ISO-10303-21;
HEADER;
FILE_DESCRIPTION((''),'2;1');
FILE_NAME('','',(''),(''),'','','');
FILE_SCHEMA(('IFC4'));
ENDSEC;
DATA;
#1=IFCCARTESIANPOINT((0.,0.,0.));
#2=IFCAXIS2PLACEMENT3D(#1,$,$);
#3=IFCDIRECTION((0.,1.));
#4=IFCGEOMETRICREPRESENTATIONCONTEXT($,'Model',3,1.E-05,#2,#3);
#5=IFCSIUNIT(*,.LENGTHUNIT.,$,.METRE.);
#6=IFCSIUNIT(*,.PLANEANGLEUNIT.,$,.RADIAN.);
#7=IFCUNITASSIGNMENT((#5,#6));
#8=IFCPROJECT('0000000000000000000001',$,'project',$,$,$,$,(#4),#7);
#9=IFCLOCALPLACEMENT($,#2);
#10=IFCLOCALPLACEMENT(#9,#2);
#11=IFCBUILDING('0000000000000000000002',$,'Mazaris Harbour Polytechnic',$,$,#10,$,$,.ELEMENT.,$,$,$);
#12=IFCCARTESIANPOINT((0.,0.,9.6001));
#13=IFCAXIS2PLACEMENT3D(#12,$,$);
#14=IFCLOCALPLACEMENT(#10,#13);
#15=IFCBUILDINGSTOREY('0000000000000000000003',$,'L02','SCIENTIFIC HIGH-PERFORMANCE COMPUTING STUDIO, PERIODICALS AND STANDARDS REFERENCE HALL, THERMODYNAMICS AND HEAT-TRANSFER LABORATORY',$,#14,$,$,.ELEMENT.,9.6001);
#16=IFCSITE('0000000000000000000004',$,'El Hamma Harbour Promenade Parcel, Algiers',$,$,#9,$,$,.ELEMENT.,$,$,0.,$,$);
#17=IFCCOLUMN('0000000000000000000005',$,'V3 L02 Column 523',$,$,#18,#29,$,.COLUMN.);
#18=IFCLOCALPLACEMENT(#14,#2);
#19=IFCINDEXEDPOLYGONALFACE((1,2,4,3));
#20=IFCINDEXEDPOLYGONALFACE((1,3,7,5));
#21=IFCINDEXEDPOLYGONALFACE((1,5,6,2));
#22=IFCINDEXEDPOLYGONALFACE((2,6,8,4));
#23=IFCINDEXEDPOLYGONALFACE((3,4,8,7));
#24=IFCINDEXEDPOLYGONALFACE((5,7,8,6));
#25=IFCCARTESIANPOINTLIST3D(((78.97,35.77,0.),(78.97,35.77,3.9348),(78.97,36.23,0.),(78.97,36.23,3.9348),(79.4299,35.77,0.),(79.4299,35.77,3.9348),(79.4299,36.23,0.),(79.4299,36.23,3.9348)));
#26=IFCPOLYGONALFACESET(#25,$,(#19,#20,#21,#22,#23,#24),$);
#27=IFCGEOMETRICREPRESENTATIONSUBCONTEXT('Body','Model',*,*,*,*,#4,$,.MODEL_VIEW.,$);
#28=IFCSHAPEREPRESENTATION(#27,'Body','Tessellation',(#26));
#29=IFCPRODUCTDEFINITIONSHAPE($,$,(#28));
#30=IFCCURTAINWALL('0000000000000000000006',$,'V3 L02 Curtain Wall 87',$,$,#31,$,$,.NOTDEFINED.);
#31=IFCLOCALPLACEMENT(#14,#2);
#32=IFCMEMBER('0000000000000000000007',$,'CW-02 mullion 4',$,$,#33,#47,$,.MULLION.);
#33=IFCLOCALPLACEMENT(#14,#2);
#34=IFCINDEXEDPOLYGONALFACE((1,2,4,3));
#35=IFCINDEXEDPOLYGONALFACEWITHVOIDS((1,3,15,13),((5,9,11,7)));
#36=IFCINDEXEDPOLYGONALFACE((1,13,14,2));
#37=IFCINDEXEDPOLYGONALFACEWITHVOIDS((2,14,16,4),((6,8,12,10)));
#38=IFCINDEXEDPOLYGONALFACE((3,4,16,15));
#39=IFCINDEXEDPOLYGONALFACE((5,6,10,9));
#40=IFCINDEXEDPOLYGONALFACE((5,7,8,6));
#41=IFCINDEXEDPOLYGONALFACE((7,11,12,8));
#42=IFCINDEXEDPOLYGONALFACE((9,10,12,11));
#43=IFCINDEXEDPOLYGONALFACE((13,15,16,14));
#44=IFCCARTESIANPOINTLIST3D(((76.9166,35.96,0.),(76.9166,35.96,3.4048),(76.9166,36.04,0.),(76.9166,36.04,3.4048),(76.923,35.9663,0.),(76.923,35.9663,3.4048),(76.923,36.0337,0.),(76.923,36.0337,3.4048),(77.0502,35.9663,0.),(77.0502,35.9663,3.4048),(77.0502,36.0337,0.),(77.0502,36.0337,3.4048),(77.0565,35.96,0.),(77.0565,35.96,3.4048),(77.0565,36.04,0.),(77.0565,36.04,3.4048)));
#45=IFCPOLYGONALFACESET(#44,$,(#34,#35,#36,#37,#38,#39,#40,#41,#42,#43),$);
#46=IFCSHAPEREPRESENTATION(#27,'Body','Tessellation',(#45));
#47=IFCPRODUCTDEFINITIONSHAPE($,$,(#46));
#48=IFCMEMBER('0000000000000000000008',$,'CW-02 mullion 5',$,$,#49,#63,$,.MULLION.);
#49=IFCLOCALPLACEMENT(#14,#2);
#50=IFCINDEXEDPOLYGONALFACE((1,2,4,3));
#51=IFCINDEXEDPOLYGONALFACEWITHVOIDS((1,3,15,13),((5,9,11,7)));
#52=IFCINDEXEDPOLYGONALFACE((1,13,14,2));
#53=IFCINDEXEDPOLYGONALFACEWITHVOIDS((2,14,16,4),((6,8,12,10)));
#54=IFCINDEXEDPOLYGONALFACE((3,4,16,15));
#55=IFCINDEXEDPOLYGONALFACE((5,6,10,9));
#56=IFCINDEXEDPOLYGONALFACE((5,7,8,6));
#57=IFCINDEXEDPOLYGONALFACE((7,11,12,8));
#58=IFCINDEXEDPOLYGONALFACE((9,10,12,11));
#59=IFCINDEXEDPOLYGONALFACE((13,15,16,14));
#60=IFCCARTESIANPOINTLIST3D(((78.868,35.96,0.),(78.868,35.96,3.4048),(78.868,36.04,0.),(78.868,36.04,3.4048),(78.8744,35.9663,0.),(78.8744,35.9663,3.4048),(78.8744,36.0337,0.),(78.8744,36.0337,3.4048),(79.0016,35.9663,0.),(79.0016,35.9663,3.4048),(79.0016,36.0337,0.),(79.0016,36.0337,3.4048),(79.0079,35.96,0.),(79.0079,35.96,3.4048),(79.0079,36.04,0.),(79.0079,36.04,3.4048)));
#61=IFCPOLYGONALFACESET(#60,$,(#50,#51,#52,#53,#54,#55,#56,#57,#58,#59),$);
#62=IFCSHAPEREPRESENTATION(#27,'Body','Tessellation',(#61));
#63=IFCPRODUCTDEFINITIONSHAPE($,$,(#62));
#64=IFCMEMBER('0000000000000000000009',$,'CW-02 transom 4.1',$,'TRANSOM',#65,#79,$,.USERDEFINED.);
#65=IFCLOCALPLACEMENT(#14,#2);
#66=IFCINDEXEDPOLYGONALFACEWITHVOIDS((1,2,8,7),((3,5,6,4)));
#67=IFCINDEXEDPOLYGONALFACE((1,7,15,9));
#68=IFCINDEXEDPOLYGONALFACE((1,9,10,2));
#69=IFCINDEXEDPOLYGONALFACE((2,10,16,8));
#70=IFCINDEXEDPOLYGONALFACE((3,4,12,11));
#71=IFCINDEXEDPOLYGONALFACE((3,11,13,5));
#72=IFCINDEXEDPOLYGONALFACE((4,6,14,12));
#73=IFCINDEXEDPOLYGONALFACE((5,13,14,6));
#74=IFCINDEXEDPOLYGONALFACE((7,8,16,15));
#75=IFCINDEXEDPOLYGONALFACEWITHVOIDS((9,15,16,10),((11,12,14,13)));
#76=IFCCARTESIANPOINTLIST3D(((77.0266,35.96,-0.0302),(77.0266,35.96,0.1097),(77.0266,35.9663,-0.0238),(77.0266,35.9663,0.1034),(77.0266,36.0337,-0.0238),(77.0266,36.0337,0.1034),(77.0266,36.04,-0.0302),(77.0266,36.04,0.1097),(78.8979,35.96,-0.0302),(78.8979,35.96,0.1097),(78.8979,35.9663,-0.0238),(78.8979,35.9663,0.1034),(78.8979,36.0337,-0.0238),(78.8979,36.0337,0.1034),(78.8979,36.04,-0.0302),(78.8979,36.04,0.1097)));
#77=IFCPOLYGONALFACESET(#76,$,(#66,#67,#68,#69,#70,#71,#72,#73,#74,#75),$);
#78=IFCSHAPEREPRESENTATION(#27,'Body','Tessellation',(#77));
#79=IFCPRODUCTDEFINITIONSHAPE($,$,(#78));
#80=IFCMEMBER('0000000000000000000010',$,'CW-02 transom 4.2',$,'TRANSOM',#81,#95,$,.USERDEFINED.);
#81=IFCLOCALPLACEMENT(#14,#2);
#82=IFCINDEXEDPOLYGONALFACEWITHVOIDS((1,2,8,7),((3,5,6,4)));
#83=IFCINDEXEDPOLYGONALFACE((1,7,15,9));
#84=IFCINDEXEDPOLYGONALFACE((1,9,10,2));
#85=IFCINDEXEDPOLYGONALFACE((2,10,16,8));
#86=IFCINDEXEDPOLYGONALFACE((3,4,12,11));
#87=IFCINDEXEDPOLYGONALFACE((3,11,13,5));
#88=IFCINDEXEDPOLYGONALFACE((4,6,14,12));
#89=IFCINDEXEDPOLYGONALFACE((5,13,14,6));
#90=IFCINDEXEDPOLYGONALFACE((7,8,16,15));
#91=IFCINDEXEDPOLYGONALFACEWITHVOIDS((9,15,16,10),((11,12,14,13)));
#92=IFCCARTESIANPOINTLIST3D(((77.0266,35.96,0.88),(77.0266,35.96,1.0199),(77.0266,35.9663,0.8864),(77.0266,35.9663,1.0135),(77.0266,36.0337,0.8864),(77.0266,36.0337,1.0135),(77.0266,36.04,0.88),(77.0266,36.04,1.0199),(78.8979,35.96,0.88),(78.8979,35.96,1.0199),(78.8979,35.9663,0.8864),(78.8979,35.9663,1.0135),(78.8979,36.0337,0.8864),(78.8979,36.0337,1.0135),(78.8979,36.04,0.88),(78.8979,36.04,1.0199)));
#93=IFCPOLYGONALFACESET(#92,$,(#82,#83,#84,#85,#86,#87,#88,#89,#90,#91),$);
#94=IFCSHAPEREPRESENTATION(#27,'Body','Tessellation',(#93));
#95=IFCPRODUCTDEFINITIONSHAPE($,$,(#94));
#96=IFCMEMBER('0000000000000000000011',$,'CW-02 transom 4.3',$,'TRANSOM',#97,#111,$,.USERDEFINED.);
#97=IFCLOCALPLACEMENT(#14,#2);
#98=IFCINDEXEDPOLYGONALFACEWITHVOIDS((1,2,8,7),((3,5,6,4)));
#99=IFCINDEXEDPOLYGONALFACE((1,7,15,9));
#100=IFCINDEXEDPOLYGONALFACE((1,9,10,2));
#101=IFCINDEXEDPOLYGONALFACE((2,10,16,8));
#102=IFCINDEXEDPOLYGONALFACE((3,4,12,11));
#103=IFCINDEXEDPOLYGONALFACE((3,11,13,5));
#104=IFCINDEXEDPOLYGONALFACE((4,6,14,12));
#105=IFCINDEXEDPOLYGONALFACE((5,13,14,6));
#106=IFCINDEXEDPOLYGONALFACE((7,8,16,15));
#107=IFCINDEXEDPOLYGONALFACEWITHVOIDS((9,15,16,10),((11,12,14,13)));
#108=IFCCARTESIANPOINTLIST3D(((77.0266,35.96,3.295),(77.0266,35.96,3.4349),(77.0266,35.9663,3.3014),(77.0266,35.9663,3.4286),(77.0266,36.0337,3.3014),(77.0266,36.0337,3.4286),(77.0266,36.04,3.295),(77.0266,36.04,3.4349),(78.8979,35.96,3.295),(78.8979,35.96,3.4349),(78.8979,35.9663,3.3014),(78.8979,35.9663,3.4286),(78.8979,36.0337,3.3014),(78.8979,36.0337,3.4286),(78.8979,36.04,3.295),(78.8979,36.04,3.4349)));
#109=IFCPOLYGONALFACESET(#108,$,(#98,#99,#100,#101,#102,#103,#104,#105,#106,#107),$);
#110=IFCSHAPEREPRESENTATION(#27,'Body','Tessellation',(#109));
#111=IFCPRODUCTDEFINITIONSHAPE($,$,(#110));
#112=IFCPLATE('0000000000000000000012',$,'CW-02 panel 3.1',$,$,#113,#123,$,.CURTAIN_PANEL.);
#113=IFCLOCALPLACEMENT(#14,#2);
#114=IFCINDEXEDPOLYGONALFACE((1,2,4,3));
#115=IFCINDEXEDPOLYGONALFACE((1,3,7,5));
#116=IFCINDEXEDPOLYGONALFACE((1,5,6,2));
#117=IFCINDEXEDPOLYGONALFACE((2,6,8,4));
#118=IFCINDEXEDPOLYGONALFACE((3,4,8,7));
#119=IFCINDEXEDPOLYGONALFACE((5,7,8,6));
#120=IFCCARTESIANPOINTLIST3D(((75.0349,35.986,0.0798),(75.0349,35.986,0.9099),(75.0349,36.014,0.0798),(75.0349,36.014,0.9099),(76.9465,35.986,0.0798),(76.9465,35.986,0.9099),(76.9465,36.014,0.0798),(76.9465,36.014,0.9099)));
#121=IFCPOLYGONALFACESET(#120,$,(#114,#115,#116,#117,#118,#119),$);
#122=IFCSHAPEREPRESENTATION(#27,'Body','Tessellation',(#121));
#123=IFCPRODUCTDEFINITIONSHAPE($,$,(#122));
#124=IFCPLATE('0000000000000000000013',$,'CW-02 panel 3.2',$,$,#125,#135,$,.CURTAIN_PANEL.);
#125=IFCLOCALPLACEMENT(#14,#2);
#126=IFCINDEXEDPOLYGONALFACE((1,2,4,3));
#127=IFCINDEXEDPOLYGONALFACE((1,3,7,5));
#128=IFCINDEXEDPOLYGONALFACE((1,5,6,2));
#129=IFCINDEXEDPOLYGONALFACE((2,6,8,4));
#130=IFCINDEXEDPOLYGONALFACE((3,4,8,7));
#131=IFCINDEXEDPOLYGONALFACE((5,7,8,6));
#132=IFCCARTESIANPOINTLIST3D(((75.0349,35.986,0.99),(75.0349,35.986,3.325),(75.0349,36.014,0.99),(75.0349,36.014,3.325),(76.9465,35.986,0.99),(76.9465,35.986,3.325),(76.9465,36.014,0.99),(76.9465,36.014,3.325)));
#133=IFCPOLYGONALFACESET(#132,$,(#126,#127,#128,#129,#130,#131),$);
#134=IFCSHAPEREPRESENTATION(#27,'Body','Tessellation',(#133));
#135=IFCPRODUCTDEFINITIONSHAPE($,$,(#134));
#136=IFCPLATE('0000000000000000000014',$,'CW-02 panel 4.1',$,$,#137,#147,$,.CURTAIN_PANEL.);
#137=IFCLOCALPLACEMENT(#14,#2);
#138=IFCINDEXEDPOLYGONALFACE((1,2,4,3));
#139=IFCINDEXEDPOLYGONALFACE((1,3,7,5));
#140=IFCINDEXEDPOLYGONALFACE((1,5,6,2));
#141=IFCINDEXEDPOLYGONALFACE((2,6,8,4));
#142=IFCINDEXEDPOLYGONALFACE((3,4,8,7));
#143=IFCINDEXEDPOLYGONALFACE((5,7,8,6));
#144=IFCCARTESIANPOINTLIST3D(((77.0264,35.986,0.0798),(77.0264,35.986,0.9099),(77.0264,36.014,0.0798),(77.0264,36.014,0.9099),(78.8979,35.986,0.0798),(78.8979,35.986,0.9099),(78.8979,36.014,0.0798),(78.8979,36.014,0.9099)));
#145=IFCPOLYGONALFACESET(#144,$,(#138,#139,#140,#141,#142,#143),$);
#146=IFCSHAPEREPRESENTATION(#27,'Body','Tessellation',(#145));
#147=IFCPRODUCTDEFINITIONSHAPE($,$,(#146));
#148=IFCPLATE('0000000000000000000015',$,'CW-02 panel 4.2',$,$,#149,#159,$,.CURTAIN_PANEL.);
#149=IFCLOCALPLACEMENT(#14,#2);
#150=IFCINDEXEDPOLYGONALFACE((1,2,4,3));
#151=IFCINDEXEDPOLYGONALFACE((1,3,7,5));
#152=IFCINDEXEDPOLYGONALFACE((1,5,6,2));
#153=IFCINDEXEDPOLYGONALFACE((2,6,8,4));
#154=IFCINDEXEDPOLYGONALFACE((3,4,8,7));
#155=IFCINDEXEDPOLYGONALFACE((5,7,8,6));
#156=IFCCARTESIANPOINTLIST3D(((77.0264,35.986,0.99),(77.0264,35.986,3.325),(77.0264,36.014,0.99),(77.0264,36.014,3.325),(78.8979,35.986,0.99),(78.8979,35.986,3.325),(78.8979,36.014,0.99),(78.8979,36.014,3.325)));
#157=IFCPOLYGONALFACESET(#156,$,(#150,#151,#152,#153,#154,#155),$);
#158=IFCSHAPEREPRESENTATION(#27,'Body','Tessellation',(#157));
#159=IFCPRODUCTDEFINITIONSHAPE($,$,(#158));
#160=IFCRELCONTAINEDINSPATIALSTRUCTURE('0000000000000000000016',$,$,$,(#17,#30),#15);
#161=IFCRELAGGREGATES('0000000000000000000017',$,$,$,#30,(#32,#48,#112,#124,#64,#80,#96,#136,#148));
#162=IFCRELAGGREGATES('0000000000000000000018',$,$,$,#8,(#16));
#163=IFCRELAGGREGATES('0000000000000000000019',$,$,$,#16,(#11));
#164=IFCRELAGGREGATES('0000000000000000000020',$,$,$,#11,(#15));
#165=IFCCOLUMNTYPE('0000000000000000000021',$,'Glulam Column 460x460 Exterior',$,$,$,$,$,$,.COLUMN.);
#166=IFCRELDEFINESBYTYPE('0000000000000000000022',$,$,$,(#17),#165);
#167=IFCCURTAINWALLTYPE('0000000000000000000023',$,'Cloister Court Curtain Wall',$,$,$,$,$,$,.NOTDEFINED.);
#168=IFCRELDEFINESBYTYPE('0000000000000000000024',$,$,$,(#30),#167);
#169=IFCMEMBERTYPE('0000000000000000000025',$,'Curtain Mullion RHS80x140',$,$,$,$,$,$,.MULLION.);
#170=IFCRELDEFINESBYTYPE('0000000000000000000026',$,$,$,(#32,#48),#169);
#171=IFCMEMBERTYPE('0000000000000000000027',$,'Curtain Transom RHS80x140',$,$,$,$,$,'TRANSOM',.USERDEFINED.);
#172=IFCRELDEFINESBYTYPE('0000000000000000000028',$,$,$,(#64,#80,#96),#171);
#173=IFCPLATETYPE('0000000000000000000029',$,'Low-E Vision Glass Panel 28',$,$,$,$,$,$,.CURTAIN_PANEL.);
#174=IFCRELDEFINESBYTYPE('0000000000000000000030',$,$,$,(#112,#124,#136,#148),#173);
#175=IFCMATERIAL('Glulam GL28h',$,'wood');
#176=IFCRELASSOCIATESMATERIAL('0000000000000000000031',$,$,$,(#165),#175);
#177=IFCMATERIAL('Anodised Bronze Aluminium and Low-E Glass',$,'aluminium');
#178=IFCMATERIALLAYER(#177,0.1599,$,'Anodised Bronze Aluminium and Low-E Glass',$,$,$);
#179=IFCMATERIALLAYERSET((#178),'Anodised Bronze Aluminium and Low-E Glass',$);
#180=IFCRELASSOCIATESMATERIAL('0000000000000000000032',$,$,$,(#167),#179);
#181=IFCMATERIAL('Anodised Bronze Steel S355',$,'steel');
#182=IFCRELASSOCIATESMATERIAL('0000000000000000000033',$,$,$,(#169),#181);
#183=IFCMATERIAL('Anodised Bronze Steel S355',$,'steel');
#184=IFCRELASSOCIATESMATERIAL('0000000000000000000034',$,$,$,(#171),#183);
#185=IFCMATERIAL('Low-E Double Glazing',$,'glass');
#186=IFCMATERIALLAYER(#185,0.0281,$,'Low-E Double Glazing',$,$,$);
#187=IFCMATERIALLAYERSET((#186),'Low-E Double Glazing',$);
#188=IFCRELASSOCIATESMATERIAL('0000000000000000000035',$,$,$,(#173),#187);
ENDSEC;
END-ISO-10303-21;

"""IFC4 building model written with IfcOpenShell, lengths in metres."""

from ifc_helpers import new_model, si_unit, direction, frame, origin, origin_2d, place, context, subcontext, project, spatial, rectangle, hollow_rectangle, extrude, material, layer, layer_set, material_profile, profile_set, type_object, element, aggregate, save


model = new_model("IFC4")

# Units and contexts
model_context = context("Model", 3, precision=1e-05, world=origin(), true_north=direction((0.0, 1.0)))
body_context = subcontext(model_context, "Body", "Model", "MODEL_VIEW")
ifc_project = project(units=[si_unit("LENGTHUNIT", "METRE"), si_unit("PLANEANGLEUNIT", "RADIAN")], contexts=[model_context])

# Site, building, storey
site_placement = place(None, origin())
site = spatial("IfcSite", under=ifc_project, at=site_placement, Name="El Hamma Harbour Promenade Parcel, Algiers", CompositionType="ELEMENT", RefElevation=0.0)
building_placement = place(site_placement, origin())
building = spatial("IfcBuilding", under=site, at=building_placement, Name="Mazaris Harbour Polytechnic", CompositionType="ELEMENT")
storey_placement = place(building_placement, frame((0.0, 0.0, 9.6001)))
storey = spatial("IfcBuildingStorey", under=building, at=storey_placement, Name="L02", Description="SCIENTIFIC HIGH-PERFORMANCE COMPUTING STUDIO, PERIODICALS AND STANDARDS REFERENCE HALL, THERMODYNAMICS AND HEAT-TRANSFER LABORATORY", CompositionType="ELEMENT", Elevation=9.6001)

# Column
ifc_material_1 = material(Name="Glulam GL28h", Category="wood")
ifc_material_profile_1 = material_profile(ifc_material_1, rectangle(XDim=0.46, YDim=0.46, at=origin_2d()), Name="RECT460x460")
ifc_profile_set_1 = profile_set([ifc_material_profile_1], Name="Glulam GL28h")
column_type = type_object("IfcColumnType", Name="Glulam Column 460x460 Exterior", PredefinedType="COLUMN", material=ifc_profile_set_1)
column_placement = place(storey_placement, frame((79.2, 36.0, 0.0), z_axis=(0.0, 0.0, 1.0), x_axis=(1.0, 0.0, 0.0)))
element("IfcColumn", 1, at=column_placement, inside=storey, type_object=column_type, Name="V3 L02 Column 523", PredefinedType="COLUMN", context=body_context, shape_type="SweptSolid", body=[
    extrude(rectangle(XDim=0.46, YDim=0.46, at=origin_2d()), origin(), (0.0, 0.0, 1.0), 3.9348),
])

# Curtain wall, members, plates
ifc_material_2 = material(Name="Anodised Bronze Aluminium and Low-E Glass", Category="aluminium")
ifc_layer_1 = layer(ifc_material_2, 0.1599, Name="Anodised Bronze Aluminium and Low-E Glass")
ifc_layer_set_1 = layer_set([ifc_layer_1], Name="Anodised Bronze Aluminium and Low-E Glass")
curtain_wall_type = type_object("IfcCurtainWallType", Name="Cloister Court Curtain Wall", PredefinedType="NOTDEFINED", material=ifc_layer_set_1)
curtain_wall_placement = place(storey_placement, origin())
curtain_wall = element("IfcCurtainWall", 2, at=curtain_wall_placement, inside=storey, type_object=curtain_wall_type, Name="V3 L02 Curtain Wall 87", PredefinedType="NOTDEFINED")
ifc_material_3 = material(Name="Anodised Bronze Steel S355", Category="steel")
ifc_material_profile_2 = material_profile(ifc_material_3, hollow_rectangle(XDim=0.0801, YDim=0.1399, WallThickness=0.0063, at=origin_2d()), Name="RHS 80x140x6.3")
ifc_profile_set_2 = profile_set([ifc_material_profile_2], Name="Anodised Bronze Steel S355")
member_type_1 = type_object("IfcMemberType", Name="Curtain Mullion RHS80x140", PredefinedType="MULLION", material=ifc_profile_set_2)
member_1_placement = place(storey_placement, frame((76.9866, 36.0, 0.0), z_axis=(0.0, 0.0, 1.0), x_axis=(0.0, 1.0, 0.0)))
member_1 = element("IfcMember", 3, at=member_1_placement, type_object=member_type_1, Name="CW-02 mullion 4", PredefinedType="MULLION", context=body_context, shape_type="SweptSolid", body=[
    extrude(hollow_rectangle(XDim=0.0801, YDim=0.1399, WallThickness=0.0063, at=origin_2d()), origin(), (0.0, 0.0, 1.0), 3.4048),
])
member_2_placement = place(storey_placement, frame((78.938, 36.0, 0.0), z_axis=(0.0, 0.0, 1.0), x_axis=(0.0, 1.0, 0.0)))
member_2 = element("IfcMember", 4, at=member_2_placement, type_object=member_type_1, Name="CW-02 mullion 5", PredefinedType="MULLION", context=body_context, shape_type="SweptSolid", body=[
    extrude(hollow_rectangle(XDim=0.0801, YDim=0.1399, WallThickness=0.0063, at=origin_2d()), origin(), (0.0, 0.0, 1.0), 3.4048),
])
ifc_material_4 = material(Name="Anodised Bronze Steel S355", Category="steel")
ifc_material_profile_3 = material_profile(ifc_material_4, hollow_rectangle(XDim=0.0801, YDim=0.1399, WallThickness=0.0063, at=origin_2d()), Name="RHS 80x140x6.3")
ifc_profile_set_3 = profile_set([ifc_material_profile_3], Name="Anodised Bronze Steel S355")
member_type_2 = type_object("IfcMemberType", Name="Curtain Transom RHS80x140", ElementType="TRANSOM", PredefinedType="USERDEFINED", material=ifc_profile_set_3)
member_3_placement = place(storey_placement, frame((77.0266, 36.0, 0.0398), z_axis=(1.0, 0.0, 0.0), x_axis=(0.0, 1.0, 0.0)))
member_3 = element("IfcMember", 5, at=member_3_placement, type_object=member_type_2, Name="CW-02 transom 4.1", ObjectType="TRANSOM", PredefinedType="USERDEFINED", context=body_context, shape_type="SweptSolid", body=[
    extrude(hollow_rectangle(XDim=0.0801, YDim=0.1399, WallThickness=0.0063, at=origin_2d()), origin(), (0.0, 0.0, 1.0), 1.8713),
])
member_4_placement = place(storey_placement, frame((77.0266, 36.0, 0.95), z_axis=(1.0, 0.0, 0.0), x_axis=(0.0, 1.0, 0.0)))
member_4 = element("IfcMember", 6, at=member_4_placement, type_object=member_type_2, Name="CW-02 transom 4.2", ObjectType="TRANSOM", PredefinedType="USERDEFINED", context=body_context, shape_type="SweptSolid", body=[
    extrude(hollow_rectangle(XDim=0.0801, YDim=0.1399, WallThickness=0.0063, at=origin_2d()), origin(), (0.0, 0.0, 1.0), 1.8713),
])
member_5_placement = place(storey_placement, frame((77.0266, 36.0, 3.365), z_axis=(1.0, 0.0, 0.0), x_axis=(0.0, 1.0, 0.0)))
member_5 = element("IfcMember", 7, at=member_5_placement, type_object=member_type_2, Name="CW-02 transom 4.3", ObjectType="TRANSOM", PredefinedType="USERDEFINED", context=body_context, shape_type="SweptSolid", body=[
    extrude(hollow_rectangle(XDim=0.0801, YDim=0.1399, WallThickness=0.0063, at=origin_2d()), origin(), (0.0, 0.0, 1.0), 1.8713),
])
ifc_material_5 = material(Name="Low-E Double Glazing", Category="glass")
ifc_layer_2 = layer(ifc_material_5, 0.0281, Name="Low-E Double Glazing")
ifc_layer_set_2 = layer_set([ifc_layer_2], Name="Low-E Double Glazing")
plate_type = type_object("IfcPlateType", Name="Low-E Vision Glass Panel 28", PredefinedType="CURTAIN_PANEL", material=ifc_layer_set_2)
plate_1_placement = place(storey_placement, frame((75.9907, 36.0, 0.0798), z_axis=(0.0, 0.0, 1.0), x_axis=(1.0, 0.0, 0.0)))
plate_1 = element("IfcPlate", 8, at=plate_1_placement, type_object=plate_type, Name="CW-02 panel 3.1", PredefinedType="CURTAIN_PANEL", context=body_context, shape_type="SweptSolid", body=[
    extrude(rectangle(XDim=1.9116, YDim=0.0281, at=origin_2d()), origin(), (0.0, 0.0, 1.0), 0.8301),
])
plate_2_placement = place(storey_placement, frame((75.9907, 36.0, 0.99), z_axis=(0.0, 0.0, 1.0), x_axis=(1.0, 0.0, 0.0)))
plate_2 = element("IfcPlate", 9, at=plate_2_placement, type_object=plate_type, Name="CW-02 panel 3.2", PredefinedType="CURTAIN_PANEL", context=body_context, shape_type="SweptSolid", body=[
    extrude(rectangle(XDim=1.9116, YDim=0.0281, at=origin_2d()), origin(), (0.0, 0.0, 1.0), 2.335),
])
plate_3_placement = place(storey_placement, frame((77.9622, 36.0, 0.0798), z_axis=(0.0, 0.0, 1.0), x_axis=(1.0, 0.0, 0.0)))
plate_3 = element("IfcPlate", 10, at=plate_3_placement, type_object=plate_type, Name="CW-02 panel 4.1", PredefinedType="CURTAIN_PANEL", context=body_context, shape_type="SweptSolid", body=[
    extrude(rectangle(XDim=1.8716, YDim=0.0281, at=origin_2d()), origin(), (0.0, 0.0, 1.0), 0.8301),
])
plate_4_placement = place(storey_placement, frame((77.9622, 36.0, 0.99), z_axis=(0.0, 0.0, 1.0), x_axis=(1.0, 0.0, 0.0)))
plate_4 = element("IfcPlate", 11, at=plate_4_placement, type_object=plate_type, Name="CW-02 panel 4.2", PredefinedType="CURTAIN_PANEL", context=body_context, shape_type="SweptSolid", body=[
    extrude(rectangle(XDim=1.8716, YDim=0.0281, at=origin_2d()), origin(), (0.0, 0.0, 1.0), 2.335),
])
aggregate(curtain_wall, [member_1, member_2, plate_1, plate_2, member_3, member_4, member_5, plate_3, plate_4])

save(model, "model.ifc")
